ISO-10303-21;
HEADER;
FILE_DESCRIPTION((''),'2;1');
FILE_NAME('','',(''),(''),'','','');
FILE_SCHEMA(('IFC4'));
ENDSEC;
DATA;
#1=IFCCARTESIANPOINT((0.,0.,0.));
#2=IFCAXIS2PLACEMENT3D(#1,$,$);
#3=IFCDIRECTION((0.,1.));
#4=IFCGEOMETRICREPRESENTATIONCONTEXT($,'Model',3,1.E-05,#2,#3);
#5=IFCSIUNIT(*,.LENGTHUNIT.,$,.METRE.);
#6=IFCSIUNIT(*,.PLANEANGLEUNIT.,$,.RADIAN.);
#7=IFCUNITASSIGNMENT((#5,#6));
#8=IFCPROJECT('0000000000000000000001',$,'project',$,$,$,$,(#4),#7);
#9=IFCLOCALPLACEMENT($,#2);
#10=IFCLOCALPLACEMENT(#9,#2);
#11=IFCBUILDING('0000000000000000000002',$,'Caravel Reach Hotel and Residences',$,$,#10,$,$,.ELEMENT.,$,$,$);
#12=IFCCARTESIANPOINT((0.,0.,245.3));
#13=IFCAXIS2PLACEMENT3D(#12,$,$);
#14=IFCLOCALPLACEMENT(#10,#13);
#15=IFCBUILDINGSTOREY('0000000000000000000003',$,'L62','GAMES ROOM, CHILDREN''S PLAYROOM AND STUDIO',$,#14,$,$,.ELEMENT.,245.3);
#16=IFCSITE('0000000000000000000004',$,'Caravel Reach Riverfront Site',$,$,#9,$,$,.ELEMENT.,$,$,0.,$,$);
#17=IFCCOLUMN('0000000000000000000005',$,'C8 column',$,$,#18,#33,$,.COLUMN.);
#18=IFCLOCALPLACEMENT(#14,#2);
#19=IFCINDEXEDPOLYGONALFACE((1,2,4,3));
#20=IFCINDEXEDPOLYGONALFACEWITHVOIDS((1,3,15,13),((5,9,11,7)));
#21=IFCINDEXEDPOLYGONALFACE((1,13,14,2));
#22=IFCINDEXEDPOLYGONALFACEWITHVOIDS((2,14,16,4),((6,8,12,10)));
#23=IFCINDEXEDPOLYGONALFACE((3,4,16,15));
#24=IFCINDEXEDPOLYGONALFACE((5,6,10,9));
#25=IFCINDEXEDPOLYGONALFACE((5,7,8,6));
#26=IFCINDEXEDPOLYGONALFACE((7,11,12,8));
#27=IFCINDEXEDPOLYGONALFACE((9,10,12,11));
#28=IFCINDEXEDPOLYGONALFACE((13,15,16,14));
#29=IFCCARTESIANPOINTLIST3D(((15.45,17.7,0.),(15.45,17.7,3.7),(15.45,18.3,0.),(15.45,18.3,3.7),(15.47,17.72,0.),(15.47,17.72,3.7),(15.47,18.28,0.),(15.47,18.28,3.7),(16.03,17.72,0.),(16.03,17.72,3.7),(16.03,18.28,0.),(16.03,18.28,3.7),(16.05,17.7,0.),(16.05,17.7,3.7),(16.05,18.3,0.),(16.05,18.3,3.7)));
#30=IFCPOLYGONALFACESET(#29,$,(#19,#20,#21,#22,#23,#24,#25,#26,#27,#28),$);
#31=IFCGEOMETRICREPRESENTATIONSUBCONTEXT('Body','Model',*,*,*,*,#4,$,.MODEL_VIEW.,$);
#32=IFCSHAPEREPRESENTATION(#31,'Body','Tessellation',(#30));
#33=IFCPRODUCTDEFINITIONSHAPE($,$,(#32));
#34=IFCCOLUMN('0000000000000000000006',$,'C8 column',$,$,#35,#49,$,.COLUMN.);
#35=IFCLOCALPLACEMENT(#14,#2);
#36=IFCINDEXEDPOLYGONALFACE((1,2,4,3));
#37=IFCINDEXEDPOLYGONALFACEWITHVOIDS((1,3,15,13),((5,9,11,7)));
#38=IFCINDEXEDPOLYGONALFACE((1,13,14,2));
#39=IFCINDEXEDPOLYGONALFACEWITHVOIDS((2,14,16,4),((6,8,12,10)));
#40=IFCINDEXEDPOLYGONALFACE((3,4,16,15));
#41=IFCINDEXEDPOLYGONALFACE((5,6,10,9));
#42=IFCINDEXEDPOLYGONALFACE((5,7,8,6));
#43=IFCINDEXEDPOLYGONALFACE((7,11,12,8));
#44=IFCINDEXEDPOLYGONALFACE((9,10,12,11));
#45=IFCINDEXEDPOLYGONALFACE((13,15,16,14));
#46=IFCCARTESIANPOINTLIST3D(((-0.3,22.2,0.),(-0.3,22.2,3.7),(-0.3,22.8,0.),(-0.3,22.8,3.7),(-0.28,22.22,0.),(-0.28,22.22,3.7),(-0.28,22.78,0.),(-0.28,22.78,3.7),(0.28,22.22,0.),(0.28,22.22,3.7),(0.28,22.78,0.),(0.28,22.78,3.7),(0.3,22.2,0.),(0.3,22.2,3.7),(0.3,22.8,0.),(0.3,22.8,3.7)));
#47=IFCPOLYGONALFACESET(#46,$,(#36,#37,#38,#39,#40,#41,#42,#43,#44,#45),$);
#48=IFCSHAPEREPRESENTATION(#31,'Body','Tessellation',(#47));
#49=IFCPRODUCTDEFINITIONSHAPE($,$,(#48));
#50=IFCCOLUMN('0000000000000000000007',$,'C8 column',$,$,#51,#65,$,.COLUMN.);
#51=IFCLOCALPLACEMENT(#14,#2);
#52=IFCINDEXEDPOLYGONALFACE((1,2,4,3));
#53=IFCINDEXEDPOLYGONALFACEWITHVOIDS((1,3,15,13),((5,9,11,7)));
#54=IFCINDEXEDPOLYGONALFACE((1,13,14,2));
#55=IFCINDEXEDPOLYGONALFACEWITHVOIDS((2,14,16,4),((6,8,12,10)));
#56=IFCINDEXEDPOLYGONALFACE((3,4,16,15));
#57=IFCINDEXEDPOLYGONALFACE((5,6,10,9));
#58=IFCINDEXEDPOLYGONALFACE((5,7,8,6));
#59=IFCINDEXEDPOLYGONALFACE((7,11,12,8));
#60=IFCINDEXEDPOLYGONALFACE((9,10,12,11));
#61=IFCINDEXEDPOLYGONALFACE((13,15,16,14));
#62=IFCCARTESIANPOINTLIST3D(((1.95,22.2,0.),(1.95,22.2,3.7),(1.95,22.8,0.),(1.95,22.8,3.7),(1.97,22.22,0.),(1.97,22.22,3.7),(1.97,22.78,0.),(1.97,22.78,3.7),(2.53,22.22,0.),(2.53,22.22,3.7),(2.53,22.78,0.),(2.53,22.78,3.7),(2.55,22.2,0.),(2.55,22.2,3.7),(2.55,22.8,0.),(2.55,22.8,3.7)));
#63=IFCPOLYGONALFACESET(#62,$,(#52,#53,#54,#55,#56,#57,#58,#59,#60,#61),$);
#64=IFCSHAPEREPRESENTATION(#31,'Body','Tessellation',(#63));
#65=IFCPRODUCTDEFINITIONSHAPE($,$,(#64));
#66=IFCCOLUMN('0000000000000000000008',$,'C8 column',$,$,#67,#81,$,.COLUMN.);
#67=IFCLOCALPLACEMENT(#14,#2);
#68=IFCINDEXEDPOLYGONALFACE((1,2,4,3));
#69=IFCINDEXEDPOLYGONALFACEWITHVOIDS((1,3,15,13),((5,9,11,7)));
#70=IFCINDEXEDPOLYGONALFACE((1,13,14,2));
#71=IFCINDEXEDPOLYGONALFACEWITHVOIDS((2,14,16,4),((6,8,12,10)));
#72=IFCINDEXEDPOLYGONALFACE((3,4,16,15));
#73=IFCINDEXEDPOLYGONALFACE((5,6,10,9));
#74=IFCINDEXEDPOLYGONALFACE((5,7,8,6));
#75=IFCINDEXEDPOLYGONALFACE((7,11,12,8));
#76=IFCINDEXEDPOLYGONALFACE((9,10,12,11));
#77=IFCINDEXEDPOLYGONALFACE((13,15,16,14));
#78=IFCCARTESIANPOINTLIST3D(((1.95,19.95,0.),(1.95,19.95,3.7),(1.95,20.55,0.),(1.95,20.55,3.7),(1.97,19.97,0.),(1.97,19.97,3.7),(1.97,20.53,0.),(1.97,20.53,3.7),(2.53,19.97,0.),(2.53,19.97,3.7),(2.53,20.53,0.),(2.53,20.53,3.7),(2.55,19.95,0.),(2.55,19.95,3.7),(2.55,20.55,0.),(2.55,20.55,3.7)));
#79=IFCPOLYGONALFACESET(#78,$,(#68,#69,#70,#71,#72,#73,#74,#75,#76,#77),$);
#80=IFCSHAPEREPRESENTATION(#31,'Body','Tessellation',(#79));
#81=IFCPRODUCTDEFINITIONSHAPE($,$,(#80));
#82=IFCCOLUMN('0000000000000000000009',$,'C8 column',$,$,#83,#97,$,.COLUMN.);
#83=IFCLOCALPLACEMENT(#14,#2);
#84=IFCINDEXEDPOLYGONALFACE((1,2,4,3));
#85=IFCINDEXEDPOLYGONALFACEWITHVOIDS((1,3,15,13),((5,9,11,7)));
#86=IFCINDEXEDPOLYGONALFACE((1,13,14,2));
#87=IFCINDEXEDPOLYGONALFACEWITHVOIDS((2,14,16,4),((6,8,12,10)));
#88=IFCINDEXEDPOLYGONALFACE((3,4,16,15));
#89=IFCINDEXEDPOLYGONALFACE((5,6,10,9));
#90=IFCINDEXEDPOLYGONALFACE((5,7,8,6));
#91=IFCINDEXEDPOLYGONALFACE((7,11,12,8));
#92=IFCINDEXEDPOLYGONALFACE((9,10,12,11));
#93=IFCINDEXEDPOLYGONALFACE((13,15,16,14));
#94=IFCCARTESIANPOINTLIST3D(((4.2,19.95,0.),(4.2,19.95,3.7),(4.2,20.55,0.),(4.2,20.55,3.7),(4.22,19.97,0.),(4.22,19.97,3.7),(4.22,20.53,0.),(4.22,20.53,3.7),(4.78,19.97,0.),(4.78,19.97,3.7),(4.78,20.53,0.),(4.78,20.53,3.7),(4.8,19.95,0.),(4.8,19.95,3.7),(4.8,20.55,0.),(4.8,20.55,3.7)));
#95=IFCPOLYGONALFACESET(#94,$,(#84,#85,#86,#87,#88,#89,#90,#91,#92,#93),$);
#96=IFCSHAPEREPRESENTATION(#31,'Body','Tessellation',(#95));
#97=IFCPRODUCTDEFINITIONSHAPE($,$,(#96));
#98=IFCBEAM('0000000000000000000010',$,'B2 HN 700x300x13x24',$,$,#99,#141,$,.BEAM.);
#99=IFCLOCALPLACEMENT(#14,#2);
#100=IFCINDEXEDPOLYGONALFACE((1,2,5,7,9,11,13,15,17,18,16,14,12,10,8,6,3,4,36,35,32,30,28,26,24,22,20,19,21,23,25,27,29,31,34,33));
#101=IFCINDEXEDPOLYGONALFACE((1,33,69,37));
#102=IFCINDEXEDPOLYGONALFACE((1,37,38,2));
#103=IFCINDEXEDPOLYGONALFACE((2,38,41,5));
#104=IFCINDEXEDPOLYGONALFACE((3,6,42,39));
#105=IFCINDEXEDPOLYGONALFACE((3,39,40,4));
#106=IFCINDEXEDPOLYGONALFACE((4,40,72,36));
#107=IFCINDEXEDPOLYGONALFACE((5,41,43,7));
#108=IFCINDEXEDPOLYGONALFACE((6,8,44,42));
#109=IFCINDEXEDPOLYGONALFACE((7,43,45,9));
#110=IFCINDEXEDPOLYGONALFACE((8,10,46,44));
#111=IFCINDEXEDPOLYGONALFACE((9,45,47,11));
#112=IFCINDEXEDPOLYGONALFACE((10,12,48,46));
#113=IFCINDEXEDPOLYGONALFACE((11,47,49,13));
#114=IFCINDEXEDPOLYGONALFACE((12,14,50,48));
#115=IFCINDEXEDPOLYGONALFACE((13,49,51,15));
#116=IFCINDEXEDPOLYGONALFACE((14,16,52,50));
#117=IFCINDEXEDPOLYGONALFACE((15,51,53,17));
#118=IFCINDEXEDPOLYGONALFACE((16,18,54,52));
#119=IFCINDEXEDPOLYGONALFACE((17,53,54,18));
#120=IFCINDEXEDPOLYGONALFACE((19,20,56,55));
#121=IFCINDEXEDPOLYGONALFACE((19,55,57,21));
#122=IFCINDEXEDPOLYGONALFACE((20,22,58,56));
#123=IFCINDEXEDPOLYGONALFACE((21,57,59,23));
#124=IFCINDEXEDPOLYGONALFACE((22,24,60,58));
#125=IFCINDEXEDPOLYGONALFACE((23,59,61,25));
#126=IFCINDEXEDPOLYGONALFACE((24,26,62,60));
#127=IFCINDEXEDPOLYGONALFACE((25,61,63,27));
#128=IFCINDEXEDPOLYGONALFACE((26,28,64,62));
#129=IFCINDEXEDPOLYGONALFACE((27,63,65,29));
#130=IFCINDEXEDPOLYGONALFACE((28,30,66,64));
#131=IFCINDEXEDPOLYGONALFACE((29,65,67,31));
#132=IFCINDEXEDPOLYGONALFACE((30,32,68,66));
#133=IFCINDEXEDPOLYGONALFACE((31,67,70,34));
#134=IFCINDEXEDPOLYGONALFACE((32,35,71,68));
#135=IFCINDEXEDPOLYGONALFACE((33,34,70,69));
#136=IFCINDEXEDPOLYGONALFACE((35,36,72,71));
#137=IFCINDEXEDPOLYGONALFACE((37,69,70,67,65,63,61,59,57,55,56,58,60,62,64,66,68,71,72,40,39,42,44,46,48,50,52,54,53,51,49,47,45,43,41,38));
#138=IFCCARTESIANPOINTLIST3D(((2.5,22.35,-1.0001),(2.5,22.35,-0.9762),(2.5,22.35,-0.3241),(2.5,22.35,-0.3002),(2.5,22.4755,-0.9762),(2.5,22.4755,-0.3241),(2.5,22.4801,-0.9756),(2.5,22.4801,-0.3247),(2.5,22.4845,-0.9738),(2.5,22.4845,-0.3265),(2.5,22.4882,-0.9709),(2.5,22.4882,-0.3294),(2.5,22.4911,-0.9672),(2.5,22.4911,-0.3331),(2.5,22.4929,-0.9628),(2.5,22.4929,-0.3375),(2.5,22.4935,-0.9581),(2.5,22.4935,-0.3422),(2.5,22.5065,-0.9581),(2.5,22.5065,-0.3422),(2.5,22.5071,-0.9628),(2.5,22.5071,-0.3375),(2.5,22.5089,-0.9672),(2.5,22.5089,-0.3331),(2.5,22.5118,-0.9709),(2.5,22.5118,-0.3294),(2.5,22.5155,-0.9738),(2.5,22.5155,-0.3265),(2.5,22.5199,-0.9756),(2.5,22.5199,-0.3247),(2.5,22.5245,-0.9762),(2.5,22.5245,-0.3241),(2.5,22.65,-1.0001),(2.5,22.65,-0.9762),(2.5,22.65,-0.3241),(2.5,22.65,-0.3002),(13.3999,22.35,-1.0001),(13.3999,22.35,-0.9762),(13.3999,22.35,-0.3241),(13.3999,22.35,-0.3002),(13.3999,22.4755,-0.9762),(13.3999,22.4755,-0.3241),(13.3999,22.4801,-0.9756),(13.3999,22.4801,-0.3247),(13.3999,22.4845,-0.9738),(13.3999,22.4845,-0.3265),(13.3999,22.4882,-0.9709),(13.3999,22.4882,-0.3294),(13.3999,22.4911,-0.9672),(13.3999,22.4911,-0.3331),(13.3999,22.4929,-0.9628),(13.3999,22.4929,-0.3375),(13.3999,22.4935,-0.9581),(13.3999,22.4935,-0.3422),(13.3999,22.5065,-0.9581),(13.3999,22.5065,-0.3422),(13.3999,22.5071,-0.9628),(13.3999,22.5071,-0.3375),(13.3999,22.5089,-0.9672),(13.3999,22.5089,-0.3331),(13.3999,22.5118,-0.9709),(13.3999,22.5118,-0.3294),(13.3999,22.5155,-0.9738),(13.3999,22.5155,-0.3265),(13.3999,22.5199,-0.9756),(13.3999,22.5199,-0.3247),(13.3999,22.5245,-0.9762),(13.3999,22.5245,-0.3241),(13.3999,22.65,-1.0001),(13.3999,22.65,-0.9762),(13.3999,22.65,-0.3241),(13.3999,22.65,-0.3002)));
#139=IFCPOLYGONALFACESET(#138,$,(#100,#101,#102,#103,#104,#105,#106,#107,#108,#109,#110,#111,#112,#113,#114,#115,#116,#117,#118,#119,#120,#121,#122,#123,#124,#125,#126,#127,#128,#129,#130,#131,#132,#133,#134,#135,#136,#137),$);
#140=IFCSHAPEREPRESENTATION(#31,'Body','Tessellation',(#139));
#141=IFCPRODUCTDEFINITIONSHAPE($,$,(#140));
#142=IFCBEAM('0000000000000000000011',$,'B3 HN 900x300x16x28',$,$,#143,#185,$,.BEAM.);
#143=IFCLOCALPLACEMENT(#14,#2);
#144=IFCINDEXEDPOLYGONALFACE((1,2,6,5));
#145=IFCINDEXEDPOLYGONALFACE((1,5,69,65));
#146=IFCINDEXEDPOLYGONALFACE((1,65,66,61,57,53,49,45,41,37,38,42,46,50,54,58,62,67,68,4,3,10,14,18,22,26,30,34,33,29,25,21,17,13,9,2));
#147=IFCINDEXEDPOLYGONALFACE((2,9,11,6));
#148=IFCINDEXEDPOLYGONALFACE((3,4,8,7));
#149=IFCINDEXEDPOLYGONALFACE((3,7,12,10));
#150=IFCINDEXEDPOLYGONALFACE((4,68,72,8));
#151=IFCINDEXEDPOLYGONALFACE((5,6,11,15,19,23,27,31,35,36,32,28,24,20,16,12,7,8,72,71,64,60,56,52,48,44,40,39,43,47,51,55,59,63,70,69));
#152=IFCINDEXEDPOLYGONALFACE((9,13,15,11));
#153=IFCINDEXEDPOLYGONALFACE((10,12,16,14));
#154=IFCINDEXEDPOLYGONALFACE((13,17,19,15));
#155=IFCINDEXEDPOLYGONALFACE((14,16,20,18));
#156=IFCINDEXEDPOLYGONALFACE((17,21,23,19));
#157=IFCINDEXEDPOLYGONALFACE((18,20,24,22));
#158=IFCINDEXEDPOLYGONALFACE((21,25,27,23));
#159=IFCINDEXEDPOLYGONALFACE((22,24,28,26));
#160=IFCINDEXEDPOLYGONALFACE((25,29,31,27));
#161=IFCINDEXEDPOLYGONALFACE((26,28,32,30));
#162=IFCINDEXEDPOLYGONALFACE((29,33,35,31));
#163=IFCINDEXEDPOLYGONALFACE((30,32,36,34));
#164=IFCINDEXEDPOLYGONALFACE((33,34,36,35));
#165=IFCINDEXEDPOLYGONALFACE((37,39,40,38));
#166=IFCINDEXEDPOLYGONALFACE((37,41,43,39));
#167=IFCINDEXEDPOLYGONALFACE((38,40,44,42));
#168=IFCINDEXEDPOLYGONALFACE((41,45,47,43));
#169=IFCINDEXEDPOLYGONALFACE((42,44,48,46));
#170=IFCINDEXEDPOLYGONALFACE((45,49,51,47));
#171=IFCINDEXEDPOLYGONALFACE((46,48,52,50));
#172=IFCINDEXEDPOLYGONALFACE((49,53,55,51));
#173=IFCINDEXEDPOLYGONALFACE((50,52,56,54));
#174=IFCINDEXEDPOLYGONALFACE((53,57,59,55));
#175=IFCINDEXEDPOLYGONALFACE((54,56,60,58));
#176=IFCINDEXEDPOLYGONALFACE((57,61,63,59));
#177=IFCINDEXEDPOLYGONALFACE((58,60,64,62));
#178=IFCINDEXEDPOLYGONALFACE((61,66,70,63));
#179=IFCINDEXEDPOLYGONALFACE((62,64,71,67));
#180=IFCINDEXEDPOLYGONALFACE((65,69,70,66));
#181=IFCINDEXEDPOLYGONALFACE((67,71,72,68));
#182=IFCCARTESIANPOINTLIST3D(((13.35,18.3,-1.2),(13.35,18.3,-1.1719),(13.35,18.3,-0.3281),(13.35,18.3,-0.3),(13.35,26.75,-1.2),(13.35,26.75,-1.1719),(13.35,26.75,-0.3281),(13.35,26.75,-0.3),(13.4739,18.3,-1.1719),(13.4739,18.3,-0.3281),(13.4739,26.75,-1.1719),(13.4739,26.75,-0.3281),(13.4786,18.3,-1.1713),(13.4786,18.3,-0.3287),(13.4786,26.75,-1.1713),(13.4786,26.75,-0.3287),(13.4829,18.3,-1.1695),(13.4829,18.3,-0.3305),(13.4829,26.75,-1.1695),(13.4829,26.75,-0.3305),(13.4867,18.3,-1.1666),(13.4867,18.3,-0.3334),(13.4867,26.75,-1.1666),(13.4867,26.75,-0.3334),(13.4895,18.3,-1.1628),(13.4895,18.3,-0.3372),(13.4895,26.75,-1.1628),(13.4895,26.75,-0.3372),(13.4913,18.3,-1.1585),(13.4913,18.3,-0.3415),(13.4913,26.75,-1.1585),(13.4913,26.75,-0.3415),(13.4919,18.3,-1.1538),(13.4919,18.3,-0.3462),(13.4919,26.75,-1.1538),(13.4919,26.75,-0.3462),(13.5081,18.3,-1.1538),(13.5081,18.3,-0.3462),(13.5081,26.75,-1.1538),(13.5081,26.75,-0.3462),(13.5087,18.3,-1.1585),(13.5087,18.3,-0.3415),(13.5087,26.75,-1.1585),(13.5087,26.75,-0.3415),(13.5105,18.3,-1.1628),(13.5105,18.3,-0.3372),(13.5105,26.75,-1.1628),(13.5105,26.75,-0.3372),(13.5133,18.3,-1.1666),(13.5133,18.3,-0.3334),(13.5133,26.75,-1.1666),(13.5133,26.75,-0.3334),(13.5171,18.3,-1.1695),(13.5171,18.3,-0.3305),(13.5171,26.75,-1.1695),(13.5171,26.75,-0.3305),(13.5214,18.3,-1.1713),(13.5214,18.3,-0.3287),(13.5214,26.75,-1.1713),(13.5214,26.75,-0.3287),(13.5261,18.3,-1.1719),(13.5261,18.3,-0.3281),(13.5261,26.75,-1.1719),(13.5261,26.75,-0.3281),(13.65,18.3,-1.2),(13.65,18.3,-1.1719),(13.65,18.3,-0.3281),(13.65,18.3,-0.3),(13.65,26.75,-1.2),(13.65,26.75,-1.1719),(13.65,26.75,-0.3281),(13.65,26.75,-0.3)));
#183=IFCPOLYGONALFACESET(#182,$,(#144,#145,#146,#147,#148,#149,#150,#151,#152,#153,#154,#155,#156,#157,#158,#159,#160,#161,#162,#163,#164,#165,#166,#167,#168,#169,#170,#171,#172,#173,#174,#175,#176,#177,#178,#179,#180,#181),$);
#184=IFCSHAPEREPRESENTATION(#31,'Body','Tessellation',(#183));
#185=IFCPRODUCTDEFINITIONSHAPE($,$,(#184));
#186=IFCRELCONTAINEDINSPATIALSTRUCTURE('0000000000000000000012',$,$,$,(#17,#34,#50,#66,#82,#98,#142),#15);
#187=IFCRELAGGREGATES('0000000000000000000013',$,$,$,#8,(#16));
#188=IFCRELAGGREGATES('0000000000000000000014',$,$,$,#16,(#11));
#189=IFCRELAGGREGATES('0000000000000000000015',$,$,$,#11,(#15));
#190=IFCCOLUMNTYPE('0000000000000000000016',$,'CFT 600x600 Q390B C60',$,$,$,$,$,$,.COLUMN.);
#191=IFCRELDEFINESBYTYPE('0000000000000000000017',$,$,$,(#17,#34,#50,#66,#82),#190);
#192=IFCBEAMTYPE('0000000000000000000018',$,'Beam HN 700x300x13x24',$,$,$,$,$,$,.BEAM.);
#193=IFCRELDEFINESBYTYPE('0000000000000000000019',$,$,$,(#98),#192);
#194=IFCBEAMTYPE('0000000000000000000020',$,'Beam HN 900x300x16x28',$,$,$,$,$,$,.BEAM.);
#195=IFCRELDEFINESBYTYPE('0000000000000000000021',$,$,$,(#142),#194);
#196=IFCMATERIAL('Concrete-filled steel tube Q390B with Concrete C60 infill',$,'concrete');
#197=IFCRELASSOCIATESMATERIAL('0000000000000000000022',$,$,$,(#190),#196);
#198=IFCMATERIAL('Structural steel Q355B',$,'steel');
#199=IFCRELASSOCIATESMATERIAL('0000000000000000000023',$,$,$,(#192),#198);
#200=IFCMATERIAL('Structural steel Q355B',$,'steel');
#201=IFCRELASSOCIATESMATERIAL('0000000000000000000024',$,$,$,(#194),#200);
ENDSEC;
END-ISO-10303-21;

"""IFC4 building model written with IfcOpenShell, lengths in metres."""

from ifc_helpers import new_model, si_unit, direction, frame, origin, origin_2d, place, context, subcontext, project, spatial, hollow_rectangle, i_section, extrude, material, material_profile, profile_set, type_object, element, save


model = new_model("IFC4")

# Units and contexts
model_context = context("Model", 3, precision=1e-05, world=origin(), true_north=direction((0.0, 1.0)))
body_context = subcontext(model_context, "Body", "Model", "MODEL_VIEW")
ifc_project = project(units=[si_unit("LENGTHUNIT", "METRE"), si_unit("PLANEANGLEUNIT", "RADIAN")], contexts=[model_context])

# Site, building, storey
site_placement = place(None, origin())
site = spatial("IfcSite", under=ifc_project, at=site_placement, Name="Caravel Reach Riverfront Site", CompositionType="ELEMENT", RefElevation=0.0)
building_placement = place(site_placement, origin())
building = spatial("IfcBuilding", under=site, at=building_placement, Name="Caravel Reach Hotel and Residences", CompositionType="ELEMENT")
storey_placement = place(building_placement, frame((0.0, 0.0, 245.3)))
storey = spatial("IfcBuildingStorey", under=building, at=storey_placement, Name="L62", Description="GAMES ROOM, CHILDREN'S PLAYROOM AND STUDIO", CompositionType="ELEMENT", Elevation=245.3)

# Columns
ifc_material_1 = material(Name="Concrete-filled steel tube Q390B with Concrete C60 infill", Category="concrete")
ifc_material_profile_1 = material_profile(ifc_material_1, hollow_rectangle(XDim=0.6001, YDim=0.6001, WallThickness=0.02, at=origin_2d()), Name="RHS 600x600x20")
ifc_profile_set_1 = profile_set([ifc_material_profile_1], Name="Concrete-filled steel tube Q390B with Concrete C60 infill")
column_type = type_object("IfcColumnType", Name="CFT 600x600 Q390B C60", PredefinedType="COLUMN", material=ifc_profile_set_1)
for number, where, z_axis, x_axis, name in (
    (1, (15.75, 18.0, 0.0), (0.0, 0.0, 1.0), (1.0, 0.0, 0.0), "C8 column"),
    (2, (0.0, 22.5, 0.0), (0.0, 0.0, 1.0), (1.0, 0.0, 0.0), "C8 column"),
    (3, (2.25, 22.5, 0.0), (0.0, 0.0, 1.0), (1.0, 0.0, 0.0), "C8 column"),
    (4, (2.25, 20.25, 0.0), (0.0, 0.0, 1.0), (1.0, 0.0, 0.0), "C8 column"),
    (5, (4.5, 20.25, 0.0), (0.0, 0.0, 1.0), (1.0, 0.0, 0.0), "C8 column"),
):
    element("IfcColumn", number, at=place(storey_placement, frame(where, z_axis=z_axis, x_axis=x_axis)), inside=storey, type_object=column_type, Name=name, PredefinedType="COLUMN", context=body_context, shape_type="SweptSolid", body=[
        extrude(hollow_rectangle(XDim=0.6001, YDim=0.6001, WallThickness=0.02, at=origin_2d()), origin(), (0.0, 0.0, 1.0), 3.7),
    ])

# Beams
ifc_material_2 = material(Name="Structural steel Q355B", Category="steel")
ifc_material_profile_2 = material_profile(ifc_material_2, i_section(OverallWidth=0.3, OverallDepth=0.7, WebThickness=0.0129, FlangeThickness=0.0239, FilletRadius=0.0181, at=origin_2d()), Name="HN 700x300x13x24")
ifc_profile_set_2 = profile_set([ifc_material_profile_2], Name="Structural steel Q355B")
beam_type_1 = type_object("IfcBeamType", Name="Beam HN 700x300x13x24", PredefinedType="BEAM", material=ifc_profile_set_2)
beam_1_placement = place(storey_placement, frame((13.3999, 22.5, -0.6501), z_axis=(-1.0, 0.0, 0.0), x_axis=(0.0, -1.0, 0.0)))
element("IfcBeam", 6, at=beam_1_placement, inside=storey, type_object=beam_type_1, Name="B2 HN 700x300x13x24", PredefinedType="BEAM", context=body_context, shape_type="SweptSolid", body=[
    extrude(i_section(OverallWidth=0.3, OverallDepth=0.7, WebThickness=0.0129, FlangeThickness=0.0239, FilletRadius=0.0181, at=origin_2d()), origin(), (0.0, 0.0, 1.0), 10.8999),
])
ifc_material_3 = material(Name="Structural steel Q355B", Category="steel")
ifc_material_profile_3 = material_profile(ifc_material_3, i_section(OverallWidth=0.3, OverallDepth=0.8999, WebThickness=0.0161, FlangeThickness=0.0281, FilletRadius=0.0181, at=origin_2d()), Name="HN 900x300x16x28")
ifc_profile_set_3 = profile_set([ifc_material_profile_3], Name="Structural steel Q355B")
beam_type_2 = type_object("IfcBeamType", Name="Beam HN 900x300x16x28", PredefinedType="BEAM", material=ifc_profile_set_3)
beam_2_placement = place(storey_placement, frame((13.5, 18.3, -0.75), z_axis=(0.0, 1.0, 0.0), x_axis=(-1.0, 0.0, 0.0)))
element("IfcBeam", 7, at=beam_2_placement, inside=storey, type_object=beam_type_2, Name="B3 HN 900x300x16x28", PredefinedType="BEAM", context=body_context, shape_type="SweptSolid", body=[
    extrude(i_section(OverallWidth=0.3, OverallDepth=0.8999, WebThickness=0.0161, FlangeThickness=0.0281, FilletRadius=0.0181, at=origin_2d()), origin(), (0.0, 0.0, 1.0), 8.45),
])

save(model, "model.ifc")
